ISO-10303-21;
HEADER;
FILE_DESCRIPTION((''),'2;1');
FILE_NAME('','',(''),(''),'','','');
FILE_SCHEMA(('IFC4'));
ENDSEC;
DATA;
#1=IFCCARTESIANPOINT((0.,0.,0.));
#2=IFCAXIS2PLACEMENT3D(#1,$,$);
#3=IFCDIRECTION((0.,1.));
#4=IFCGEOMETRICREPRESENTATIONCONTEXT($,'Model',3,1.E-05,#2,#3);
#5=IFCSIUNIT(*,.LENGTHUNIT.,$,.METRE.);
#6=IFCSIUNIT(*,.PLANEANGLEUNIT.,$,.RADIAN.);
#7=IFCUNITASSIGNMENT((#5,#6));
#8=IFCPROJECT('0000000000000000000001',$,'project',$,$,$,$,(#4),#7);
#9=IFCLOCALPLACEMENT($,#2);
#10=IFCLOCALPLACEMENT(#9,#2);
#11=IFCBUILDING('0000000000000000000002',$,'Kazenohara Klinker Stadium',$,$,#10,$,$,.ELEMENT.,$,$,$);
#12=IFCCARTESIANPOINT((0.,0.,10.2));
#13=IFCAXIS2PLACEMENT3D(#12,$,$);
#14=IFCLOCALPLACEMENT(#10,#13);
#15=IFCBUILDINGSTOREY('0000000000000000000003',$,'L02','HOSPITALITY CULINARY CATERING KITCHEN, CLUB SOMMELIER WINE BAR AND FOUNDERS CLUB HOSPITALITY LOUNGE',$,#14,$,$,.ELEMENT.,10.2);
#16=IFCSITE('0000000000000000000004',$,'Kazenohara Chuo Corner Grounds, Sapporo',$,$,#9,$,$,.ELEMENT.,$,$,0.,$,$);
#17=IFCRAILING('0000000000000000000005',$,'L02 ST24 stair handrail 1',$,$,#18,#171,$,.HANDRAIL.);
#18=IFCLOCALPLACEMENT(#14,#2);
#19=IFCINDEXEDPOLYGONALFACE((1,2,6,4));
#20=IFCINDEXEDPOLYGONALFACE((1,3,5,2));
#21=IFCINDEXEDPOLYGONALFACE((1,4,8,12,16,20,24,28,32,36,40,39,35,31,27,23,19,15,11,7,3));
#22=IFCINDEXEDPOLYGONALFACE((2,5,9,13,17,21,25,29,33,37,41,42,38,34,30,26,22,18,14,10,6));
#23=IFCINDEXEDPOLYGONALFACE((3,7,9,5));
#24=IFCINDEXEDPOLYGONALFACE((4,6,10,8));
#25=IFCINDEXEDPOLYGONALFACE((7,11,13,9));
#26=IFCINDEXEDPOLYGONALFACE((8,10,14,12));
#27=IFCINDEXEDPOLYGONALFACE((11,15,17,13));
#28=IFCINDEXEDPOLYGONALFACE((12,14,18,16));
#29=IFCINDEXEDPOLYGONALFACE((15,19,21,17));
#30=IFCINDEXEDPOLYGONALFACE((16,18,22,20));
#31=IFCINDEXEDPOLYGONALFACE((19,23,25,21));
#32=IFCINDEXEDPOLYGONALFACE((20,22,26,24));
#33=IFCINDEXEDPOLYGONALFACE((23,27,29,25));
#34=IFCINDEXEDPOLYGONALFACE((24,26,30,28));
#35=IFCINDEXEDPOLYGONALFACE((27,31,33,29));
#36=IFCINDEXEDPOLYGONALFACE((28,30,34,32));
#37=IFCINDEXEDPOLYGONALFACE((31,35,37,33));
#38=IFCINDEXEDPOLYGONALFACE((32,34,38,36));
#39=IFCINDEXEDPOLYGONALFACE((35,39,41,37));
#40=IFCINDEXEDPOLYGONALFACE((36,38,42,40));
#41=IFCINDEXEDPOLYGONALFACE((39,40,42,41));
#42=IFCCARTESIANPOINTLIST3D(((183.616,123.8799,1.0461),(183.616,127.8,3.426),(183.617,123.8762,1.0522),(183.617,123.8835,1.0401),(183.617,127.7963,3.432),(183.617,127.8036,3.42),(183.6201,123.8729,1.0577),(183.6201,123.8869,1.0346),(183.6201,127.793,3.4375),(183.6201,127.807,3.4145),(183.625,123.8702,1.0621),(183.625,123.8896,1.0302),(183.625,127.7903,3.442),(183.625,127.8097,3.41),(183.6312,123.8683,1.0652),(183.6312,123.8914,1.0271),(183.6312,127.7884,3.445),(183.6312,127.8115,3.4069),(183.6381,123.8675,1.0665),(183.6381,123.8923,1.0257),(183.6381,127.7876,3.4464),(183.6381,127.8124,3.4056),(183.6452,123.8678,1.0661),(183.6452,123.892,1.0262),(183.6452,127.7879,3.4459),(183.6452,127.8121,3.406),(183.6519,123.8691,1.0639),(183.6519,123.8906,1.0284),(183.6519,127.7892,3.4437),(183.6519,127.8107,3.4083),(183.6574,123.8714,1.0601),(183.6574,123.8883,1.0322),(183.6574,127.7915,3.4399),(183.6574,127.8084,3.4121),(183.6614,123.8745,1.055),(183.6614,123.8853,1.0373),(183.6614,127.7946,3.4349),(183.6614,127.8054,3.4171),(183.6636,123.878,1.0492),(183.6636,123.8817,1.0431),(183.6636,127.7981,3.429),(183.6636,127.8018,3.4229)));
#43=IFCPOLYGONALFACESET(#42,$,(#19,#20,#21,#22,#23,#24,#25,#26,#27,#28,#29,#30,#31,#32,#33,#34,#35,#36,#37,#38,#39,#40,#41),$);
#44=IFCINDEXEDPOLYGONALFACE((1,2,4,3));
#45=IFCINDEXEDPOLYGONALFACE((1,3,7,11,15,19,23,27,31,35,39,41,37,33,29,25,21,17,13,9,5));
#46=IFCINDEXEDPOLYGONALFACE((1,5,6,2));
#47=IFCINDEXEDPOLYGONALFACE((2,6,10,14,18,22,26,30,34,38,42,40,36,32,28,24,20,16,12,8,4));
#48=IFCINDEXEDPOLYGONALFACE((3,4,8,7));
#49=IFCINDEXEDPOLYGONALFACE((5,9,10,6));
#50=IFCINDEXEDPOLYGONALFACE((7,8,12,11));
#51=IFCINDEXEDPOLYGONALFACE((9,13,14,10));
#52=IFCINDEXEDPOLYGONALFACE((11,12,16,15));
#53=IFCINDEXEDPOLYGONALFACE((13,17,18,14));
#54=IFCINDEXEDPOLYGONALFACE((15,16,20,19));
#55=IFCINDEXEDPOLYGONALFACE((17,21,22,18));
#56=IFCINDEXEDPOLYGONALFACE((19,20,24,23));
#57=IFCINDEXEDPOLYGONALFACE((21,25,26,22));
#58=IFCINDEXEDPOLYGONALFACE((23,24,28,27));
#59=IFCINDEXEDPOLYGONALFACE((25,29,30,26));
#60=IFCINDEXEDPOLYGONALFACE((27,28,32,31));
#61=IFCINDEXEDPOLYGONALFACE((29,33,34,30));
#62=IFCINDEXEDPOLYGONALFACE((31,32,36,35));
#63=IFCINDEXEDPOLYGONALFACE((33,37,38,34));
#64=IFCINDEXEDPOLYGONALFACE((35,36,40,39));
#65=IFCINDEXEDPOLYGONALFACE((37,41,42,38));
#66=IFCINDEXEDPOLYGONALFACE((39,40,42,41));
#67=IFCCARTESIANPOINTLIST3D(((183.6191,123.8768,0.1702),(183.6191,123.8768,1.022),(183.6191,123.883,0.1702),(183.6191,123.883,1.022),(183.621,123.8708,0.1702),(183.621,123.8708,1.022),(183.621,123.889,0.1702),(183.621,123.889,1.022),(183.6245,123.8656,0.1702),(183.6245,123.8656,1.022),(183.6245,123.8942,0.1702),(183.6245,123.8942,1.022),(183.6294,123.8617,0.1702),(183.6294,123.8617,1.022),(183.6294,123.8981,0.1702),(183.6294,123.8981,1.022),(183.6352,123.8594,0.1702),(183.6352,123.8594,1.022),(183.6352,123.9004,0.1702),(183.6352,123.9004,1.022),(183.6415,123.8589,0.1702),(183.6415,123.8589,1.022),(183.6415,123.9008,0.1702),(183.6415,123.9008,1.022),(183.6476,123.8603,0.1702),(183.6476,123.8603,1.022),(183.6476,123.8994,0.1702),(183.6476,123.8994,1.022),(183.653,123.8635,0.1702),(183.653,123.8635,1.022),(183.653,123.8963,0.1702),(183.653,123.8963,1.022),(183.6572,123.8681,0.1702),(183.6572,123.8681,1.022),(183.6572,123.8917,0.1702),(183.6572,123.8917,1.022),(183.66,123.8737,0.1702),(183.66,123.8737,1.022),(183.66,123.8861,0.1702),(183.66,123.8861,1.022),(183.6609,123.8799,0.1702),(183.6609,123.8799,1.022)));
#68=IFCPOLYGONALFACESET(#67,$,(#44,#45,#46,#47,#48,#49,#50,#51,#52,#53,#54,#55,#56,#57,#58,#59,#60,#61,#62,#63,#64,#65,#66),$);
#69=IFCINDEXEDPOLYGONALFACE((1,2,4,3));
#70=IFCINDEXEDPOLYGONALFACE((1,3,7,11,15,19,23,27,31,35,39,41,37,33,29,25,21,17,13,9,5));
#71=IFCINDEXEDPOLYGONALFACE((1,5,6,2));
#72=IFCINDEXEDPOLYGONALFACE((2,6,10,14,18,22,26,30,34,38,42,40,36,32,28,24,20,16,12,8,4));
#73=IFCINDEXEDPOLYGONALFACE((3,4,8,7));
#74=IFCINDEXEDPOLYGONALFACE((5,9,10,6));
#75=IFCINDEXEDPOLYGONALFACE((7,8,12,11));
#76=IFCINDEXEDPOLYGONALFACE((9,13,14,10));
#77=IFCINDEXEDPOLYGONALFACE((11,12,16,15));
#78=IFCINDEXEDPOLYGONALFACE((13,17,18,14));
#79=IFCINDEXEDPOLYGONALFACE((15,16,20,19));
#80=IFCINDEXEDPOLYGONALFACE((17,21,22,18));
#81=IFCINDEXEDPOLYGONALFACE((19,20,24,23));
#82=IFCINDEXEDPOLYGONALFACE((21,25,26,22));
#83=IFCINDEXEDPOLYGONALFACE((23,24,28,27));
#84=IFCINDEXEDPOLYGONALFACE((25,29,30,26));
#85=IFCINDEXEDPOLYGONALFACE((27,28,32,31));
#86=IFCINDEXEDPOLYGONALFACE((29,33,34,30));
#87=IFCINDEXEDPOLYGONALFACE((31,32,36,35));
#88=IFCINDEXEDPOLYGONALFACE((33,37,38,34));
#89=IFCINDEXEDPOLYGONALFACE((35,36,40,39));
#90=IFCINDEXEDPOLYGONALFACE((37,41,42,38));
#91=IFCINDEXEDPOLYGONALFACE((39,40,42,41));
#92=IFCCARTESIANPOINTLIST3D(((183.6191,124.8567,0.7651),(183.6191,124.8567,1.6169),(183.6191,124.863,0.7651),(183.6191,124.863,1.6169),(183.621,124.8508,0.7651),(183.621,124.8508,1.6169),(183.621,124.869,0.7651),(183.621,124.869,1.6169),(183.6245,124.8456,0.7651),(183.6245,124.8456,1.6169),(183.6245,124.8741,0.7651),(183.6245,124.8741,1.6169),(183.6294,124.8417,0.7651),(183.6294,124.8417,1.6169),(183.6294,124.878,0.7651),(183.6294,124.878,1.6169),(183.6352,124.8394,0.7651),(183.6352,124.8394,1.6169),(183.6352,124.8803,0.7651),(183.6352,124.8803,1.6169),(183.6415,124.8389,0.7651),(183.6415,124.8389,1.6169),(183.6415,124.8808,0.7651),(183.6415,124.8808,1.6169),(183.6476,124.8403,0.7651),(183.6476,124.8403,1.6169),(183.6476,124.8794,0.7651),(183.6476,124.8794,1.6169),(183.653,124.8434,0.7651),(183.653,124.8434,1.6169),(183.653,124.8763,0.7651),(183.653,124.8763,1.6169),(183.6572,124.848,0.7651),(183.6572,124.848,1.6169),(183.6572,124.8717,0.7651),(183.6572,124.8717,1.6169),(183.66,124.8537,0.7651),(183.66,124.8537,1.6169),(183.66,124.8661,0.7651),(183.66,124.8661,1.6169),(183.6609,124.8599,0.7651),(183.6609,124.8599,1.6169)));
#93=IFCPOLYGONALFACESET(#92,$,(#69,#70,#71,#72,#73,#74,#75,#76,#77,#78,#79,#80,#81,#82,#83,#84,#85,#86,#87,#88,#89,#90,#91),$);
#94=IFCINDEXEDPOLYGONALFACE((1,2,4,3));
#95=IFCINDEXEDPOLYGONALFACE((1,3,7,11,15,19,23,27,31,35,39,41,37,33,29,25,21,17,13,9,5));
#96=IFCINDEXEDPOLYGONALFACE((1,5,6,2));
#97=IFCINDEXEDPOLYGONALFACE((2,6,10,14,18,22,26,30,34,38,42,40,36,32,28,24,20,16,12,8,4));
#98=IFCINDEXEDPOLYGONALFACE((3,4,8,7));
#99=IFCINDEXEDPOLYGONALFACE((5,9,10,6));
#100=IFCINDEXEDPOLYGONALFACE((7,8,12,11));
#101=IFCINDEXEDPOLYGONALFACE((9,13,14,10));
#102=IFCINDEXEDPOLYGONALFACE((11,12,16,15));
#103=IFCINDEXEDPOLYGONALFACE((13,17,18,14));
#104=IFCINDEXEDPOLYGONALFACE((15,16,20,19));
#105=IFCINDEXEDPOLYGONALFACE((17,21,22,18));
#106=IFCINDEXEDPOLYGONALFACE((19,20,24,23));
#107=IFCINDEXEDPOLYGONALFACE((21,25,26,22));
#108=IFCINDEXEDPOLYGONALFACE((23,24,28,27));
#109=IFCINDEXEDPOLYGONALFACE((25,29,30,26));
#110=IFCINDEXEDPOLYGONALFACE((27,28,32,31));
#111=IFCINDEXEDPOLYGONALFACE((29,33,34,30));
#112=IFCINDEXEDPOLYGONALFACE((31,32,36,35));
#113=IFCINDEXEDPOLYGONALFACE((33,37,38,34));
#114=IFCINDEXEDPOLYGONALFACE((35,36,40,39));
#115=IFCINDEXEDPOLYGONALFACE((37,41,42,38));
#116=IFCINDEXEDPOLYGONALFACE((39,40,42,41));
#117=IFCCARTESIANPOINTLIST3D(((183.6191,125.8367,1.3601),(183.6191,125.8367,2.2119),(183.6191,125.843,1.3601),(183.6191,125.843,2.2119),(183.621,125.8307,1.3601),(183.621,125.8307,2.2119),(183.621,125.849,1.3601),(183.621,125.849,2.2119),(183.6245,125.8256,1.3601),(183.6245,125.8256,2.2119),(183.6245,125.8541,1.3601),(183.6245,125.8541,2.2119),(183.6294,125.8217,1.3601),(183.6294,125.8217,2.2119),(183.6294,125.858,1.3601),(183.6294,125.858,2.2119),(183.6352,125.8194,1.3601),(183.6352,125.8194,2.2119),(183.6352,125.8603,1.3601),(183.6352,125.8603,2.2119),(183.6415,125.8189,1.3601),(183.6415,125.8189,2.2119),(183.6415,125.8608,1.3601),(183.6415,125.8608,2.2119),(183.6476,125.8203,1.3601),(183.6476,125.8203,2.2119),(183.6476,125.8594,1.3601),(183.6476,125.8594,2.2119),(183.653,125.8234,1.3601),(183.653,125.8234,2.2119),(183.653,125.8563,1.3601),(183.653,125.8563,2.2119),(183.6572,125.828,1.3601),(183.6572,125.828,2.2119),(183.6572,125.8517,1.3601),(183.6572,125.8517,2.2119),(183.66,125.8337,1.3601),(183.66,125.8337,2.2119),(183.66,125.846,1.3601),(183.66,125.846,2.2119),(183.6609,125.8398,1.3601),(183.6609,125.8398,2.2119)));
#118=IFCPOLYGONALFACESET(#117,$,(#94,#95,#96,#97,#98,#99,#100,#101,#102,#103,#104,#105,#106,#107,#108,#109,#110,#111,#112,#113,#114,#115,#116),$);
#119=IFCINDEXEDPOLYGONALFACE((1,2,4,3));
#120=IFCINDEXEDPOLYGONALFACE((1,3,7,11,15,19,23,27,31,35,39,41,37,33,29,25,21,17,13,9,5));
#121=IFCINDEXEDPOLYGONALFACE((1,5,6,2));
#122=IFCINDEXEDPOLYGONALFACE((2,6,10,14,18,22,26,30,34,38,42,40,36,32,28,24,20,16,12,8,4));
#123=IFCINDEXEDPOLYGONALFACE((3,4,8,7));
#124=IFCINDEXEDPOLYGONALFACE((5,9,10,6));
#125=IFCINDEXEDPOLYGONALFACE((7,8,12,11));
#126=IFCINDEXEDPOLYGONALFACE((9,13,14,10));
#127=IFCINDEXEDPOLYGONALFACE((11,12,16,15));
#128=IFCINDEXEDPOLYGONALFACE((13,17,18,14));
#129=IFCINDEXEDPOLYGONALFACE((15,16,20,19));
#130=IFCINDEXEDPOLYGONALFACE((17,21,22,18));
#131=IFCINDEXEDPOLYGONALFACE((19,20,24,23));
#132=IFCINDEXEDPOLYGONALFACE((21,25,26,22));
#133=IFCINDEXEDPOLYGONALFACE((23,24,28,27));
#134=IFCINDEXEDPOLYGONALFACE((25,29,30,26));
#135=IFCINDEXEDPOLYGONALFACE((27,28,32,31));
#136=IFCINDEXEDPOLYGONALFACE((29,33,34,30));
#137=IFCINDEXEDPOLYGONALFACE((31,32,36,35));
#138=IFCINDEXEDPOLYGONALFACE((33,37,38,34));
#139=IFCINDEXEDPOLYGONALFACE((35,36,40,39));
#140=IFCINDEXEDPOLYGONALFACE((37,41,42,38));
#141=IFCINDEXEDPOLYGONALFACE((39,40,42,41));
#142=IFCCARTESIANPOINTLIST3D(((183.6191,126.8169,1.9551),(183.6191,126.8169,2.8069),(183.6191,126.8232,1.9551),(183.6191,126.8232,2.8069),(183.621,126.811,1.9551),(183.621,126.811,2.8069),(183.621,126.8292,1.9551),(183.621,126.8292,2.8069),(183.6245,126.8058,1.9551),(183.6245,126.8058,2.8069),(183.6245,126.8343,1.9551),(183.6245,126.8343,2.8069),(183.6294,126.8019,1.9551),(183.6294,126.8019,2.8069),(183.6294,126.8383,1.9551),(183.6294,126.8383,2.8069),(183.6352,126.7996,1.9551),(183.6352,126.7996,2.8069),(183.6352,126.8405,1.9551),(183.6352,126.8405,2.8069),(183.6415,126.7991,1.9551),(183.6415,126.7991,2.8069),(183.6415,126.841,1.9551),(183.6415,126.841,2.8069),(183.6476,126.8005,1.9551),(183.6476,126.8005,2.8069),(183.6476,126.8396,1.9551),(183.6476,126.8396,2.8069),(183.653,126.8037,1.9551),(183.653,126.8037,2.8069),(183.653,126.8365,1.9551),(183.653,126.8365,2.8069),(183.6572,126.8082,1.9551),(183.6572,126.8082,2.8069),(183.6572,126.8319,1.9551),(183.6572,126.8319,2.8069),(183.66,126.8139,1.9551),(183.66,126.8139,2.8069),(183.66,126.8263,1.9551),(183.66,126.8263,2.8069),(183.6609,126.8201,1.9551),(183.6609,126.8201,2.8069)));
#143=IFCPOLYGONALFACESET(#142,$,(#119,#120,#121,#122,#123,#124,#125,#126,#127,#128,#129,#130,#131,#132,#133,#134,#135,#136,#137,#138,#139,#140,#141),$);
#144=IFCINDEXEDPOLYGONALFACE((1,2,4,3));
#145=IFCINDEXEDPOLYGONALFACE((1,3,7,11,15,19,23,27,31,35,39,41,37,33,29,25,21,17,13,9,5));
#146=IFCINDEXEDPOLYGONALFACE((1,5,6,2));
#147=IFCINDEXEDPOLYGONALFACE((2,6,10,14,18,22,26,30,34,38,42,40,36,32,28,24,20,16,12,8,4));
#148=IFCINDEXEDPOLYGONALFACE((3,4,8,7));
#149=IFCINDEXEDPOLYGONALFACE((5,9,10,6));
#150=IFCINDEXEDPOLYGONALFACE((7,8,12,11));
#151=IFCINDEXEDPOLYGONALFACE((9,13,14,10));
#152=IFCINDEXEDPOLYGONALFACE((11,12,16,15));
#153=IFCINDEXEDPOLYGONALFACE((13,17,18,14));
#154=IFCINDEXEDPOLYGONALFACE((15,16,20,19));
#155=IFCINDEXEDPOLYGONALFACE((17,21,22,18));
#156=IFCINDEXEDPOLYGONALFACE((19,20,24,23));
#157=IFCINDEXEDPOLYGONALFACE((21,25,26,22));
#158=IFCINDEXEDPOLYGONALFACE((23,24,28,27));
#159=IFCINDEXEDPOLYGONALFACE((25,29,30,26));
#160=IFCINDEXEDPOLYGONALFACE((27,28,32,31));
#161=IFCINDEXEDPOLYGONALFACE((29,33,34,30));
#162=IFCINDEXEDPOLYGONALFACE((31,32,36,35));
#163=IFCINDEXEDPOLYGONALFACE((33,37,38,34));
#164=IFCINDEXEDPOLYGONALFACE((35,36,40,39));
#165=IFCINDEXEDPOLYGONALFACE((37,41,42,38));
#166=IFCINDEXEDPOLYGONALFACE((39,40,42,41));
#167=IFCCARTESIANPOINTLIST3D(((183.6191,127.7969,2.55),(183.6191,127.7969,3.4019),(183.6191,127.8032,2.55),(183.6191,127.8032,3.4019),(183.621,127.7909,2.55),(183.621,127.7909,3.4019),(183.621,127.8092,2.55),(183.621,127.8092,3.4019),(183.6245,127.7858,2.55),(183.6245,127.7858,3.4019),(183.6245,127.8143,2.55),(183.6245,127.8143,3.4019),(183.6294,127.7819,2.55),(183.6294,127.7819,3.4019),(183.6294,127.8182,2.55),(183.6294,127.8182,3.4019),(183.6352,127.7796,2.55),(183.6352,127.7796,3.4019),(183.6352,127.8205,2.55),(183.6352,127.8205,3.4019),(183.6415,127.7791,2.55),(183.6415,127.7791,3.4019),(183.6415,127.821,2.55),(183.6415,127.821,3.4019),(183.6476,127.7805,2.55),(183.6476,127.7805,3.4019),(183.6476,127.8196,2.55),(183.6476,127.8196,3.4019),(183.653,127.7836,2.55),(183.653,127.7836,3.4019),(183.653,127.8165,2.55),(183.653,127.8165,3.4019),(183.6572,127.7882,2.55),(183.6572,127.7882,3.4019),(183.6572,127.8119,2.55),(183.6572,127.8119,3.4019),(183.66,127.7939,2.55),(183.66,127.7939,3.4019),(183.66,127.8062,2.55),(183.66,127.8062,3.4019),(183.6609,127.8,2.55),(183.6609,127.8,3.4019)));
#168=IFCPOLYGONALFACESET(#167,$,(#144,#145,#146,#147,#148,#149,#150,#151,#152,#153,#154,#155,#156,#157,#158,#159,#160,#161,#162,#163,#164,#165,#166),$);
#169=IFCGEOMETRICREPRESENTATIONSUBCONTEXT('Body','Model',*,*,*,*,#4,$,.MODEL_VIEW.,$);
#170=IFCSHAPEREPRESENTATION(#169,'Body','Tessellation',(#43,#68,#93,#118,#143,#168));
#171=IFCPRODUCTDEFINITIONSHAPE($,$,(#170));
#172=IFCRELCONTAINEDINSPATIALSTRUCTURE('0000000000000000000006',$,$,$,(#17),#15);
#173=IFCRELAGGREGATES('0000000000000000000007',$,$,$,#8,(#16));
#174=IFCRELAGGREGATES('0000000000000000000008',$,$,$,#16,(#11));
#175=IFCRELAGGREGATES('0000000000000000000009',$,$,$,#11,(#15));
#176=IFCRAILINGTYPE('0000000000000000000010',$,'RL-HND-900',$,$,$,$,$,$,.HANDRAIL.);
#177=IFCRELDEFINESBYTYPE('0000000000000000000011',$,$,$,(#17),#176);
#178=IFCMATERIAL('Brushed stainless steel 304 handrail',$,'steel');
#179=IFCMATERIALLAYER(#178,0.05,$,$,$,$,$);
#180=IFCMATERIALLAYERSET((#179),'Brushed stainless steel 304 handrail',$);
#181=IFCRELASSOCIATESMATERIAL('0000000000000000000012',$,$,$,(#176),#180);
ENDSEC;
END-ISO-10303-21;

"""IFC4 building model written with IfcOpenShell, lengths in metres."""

from ifc_helpers import new_model, si_unit, direction, frame, origin, origin_2d, place, context, subcontext, project, spatial, circle, extrude, material, layer, layer_set, type_object, element, save


model = new_model("IFC4")

# Units and contexts
model_context = context("Model", 3, precision=1e-05, world=origin(), true_north=direction((0.0, 1.0)))
body_context = subcontext(model_context, "Body", "Model", "MODEL_VIEW")
ifc_project = project(units=[si_unit("LENGTHUNIT", "METRE"), si_unit("PLANEANGLEUNIT", "RADIAN")], contexts=[model_context])

# Site, building, storey
site_placement = place(None, origin())
site = spatial("IfcSite", under=ifc_project, at=site_placement, Name="Kazenohara Chuo Corner Grounds, Sapporo", CompositionType="ELEMENT", RefElevation=0.0)
building_placement = place(site_placement, origin())
building = spatial("IfcBuilding", under=site, at=building_placement, Name="Kazenohara Klinker Stadium", CompositionType="ELEMENT")
storey_placement = place(building_placement, frame((0.0, 0.0, 10.2)))
storey = spatial("IfcBuildingStorey", under=building, at=storey_placement, Name="L02", Description="HOSPITALITY CULINARY CATERING KITCHEN, CLUB SOMMELIER WINE BAR AND FOUNDERS CLUB HOSPITALITY LOUNGE", CompositionType="ELEMENT", Elevation=10.2)

# Railing
ifc_material_1 = material(Name="Brushed stainless steel 304 handrail", Category="steel")
ifc_layer_1 = layer(ifc_material_1, 0.05)
ifc_layer_set_1 = layer_set([ifc_layer_1], Name="Brushed stainless steel 304 handrail")
railing_type_1 = type_object("IfcRailingType", Name="RL-HND-900", PredefinedType="HANDRAIL", material=ifc_layer_set_1)
railing_1_placement = place(storey_placement, frame((183.6399, 123.8799, 0.1702)))
element("IfcRailing", 1, at=railing_1_placement, inside=storey, type_object=railing_type_1, Name="L02 ST24 stair handrail 1", PredefinedType="HANDRAIL", context=body_context, shape_type="SweptSolid", body=[
    extrude(circle(Radius=0.0239, at=origin_2d()), frame((0.0, 0.0, 0.876), z_axis=(0.0, 0.854809, 0.518943), x_axis=(-1.0, 0.0, 0.0)), (0.0, 0.0, 1.0), 4.5859),
    extrude(circle(Radius=0.021, at=origin_2d()), origin(), (0.0, 0.0, 1.0), 0.8518),
    extrude(circle(Radius=0.021, at=origin_2d()), frame((0.0, 0.98, 0.595)), (0.0, 0.0, 1.0), 0.8518),
    extrude(circle(Radius=0.021, at=origin_2d()), frame((0.0, 1.96, 1.1899)), (0.0, 0.0, 1.0), 0.8518),
    extrude(circle(Radius=0.021, at=origin_2d()), frame((0.0, 2.9402, 1.7849)), (0.0, 0.0, 1.0), 0.8518),
    extrude(circle(Radius=0.021, at=origin_2d()), frame((0.0, 3.9202, 2.3799)), (0.0, 0.0, 1.0), 0.8518),
])

save(model, "model.ifc")
